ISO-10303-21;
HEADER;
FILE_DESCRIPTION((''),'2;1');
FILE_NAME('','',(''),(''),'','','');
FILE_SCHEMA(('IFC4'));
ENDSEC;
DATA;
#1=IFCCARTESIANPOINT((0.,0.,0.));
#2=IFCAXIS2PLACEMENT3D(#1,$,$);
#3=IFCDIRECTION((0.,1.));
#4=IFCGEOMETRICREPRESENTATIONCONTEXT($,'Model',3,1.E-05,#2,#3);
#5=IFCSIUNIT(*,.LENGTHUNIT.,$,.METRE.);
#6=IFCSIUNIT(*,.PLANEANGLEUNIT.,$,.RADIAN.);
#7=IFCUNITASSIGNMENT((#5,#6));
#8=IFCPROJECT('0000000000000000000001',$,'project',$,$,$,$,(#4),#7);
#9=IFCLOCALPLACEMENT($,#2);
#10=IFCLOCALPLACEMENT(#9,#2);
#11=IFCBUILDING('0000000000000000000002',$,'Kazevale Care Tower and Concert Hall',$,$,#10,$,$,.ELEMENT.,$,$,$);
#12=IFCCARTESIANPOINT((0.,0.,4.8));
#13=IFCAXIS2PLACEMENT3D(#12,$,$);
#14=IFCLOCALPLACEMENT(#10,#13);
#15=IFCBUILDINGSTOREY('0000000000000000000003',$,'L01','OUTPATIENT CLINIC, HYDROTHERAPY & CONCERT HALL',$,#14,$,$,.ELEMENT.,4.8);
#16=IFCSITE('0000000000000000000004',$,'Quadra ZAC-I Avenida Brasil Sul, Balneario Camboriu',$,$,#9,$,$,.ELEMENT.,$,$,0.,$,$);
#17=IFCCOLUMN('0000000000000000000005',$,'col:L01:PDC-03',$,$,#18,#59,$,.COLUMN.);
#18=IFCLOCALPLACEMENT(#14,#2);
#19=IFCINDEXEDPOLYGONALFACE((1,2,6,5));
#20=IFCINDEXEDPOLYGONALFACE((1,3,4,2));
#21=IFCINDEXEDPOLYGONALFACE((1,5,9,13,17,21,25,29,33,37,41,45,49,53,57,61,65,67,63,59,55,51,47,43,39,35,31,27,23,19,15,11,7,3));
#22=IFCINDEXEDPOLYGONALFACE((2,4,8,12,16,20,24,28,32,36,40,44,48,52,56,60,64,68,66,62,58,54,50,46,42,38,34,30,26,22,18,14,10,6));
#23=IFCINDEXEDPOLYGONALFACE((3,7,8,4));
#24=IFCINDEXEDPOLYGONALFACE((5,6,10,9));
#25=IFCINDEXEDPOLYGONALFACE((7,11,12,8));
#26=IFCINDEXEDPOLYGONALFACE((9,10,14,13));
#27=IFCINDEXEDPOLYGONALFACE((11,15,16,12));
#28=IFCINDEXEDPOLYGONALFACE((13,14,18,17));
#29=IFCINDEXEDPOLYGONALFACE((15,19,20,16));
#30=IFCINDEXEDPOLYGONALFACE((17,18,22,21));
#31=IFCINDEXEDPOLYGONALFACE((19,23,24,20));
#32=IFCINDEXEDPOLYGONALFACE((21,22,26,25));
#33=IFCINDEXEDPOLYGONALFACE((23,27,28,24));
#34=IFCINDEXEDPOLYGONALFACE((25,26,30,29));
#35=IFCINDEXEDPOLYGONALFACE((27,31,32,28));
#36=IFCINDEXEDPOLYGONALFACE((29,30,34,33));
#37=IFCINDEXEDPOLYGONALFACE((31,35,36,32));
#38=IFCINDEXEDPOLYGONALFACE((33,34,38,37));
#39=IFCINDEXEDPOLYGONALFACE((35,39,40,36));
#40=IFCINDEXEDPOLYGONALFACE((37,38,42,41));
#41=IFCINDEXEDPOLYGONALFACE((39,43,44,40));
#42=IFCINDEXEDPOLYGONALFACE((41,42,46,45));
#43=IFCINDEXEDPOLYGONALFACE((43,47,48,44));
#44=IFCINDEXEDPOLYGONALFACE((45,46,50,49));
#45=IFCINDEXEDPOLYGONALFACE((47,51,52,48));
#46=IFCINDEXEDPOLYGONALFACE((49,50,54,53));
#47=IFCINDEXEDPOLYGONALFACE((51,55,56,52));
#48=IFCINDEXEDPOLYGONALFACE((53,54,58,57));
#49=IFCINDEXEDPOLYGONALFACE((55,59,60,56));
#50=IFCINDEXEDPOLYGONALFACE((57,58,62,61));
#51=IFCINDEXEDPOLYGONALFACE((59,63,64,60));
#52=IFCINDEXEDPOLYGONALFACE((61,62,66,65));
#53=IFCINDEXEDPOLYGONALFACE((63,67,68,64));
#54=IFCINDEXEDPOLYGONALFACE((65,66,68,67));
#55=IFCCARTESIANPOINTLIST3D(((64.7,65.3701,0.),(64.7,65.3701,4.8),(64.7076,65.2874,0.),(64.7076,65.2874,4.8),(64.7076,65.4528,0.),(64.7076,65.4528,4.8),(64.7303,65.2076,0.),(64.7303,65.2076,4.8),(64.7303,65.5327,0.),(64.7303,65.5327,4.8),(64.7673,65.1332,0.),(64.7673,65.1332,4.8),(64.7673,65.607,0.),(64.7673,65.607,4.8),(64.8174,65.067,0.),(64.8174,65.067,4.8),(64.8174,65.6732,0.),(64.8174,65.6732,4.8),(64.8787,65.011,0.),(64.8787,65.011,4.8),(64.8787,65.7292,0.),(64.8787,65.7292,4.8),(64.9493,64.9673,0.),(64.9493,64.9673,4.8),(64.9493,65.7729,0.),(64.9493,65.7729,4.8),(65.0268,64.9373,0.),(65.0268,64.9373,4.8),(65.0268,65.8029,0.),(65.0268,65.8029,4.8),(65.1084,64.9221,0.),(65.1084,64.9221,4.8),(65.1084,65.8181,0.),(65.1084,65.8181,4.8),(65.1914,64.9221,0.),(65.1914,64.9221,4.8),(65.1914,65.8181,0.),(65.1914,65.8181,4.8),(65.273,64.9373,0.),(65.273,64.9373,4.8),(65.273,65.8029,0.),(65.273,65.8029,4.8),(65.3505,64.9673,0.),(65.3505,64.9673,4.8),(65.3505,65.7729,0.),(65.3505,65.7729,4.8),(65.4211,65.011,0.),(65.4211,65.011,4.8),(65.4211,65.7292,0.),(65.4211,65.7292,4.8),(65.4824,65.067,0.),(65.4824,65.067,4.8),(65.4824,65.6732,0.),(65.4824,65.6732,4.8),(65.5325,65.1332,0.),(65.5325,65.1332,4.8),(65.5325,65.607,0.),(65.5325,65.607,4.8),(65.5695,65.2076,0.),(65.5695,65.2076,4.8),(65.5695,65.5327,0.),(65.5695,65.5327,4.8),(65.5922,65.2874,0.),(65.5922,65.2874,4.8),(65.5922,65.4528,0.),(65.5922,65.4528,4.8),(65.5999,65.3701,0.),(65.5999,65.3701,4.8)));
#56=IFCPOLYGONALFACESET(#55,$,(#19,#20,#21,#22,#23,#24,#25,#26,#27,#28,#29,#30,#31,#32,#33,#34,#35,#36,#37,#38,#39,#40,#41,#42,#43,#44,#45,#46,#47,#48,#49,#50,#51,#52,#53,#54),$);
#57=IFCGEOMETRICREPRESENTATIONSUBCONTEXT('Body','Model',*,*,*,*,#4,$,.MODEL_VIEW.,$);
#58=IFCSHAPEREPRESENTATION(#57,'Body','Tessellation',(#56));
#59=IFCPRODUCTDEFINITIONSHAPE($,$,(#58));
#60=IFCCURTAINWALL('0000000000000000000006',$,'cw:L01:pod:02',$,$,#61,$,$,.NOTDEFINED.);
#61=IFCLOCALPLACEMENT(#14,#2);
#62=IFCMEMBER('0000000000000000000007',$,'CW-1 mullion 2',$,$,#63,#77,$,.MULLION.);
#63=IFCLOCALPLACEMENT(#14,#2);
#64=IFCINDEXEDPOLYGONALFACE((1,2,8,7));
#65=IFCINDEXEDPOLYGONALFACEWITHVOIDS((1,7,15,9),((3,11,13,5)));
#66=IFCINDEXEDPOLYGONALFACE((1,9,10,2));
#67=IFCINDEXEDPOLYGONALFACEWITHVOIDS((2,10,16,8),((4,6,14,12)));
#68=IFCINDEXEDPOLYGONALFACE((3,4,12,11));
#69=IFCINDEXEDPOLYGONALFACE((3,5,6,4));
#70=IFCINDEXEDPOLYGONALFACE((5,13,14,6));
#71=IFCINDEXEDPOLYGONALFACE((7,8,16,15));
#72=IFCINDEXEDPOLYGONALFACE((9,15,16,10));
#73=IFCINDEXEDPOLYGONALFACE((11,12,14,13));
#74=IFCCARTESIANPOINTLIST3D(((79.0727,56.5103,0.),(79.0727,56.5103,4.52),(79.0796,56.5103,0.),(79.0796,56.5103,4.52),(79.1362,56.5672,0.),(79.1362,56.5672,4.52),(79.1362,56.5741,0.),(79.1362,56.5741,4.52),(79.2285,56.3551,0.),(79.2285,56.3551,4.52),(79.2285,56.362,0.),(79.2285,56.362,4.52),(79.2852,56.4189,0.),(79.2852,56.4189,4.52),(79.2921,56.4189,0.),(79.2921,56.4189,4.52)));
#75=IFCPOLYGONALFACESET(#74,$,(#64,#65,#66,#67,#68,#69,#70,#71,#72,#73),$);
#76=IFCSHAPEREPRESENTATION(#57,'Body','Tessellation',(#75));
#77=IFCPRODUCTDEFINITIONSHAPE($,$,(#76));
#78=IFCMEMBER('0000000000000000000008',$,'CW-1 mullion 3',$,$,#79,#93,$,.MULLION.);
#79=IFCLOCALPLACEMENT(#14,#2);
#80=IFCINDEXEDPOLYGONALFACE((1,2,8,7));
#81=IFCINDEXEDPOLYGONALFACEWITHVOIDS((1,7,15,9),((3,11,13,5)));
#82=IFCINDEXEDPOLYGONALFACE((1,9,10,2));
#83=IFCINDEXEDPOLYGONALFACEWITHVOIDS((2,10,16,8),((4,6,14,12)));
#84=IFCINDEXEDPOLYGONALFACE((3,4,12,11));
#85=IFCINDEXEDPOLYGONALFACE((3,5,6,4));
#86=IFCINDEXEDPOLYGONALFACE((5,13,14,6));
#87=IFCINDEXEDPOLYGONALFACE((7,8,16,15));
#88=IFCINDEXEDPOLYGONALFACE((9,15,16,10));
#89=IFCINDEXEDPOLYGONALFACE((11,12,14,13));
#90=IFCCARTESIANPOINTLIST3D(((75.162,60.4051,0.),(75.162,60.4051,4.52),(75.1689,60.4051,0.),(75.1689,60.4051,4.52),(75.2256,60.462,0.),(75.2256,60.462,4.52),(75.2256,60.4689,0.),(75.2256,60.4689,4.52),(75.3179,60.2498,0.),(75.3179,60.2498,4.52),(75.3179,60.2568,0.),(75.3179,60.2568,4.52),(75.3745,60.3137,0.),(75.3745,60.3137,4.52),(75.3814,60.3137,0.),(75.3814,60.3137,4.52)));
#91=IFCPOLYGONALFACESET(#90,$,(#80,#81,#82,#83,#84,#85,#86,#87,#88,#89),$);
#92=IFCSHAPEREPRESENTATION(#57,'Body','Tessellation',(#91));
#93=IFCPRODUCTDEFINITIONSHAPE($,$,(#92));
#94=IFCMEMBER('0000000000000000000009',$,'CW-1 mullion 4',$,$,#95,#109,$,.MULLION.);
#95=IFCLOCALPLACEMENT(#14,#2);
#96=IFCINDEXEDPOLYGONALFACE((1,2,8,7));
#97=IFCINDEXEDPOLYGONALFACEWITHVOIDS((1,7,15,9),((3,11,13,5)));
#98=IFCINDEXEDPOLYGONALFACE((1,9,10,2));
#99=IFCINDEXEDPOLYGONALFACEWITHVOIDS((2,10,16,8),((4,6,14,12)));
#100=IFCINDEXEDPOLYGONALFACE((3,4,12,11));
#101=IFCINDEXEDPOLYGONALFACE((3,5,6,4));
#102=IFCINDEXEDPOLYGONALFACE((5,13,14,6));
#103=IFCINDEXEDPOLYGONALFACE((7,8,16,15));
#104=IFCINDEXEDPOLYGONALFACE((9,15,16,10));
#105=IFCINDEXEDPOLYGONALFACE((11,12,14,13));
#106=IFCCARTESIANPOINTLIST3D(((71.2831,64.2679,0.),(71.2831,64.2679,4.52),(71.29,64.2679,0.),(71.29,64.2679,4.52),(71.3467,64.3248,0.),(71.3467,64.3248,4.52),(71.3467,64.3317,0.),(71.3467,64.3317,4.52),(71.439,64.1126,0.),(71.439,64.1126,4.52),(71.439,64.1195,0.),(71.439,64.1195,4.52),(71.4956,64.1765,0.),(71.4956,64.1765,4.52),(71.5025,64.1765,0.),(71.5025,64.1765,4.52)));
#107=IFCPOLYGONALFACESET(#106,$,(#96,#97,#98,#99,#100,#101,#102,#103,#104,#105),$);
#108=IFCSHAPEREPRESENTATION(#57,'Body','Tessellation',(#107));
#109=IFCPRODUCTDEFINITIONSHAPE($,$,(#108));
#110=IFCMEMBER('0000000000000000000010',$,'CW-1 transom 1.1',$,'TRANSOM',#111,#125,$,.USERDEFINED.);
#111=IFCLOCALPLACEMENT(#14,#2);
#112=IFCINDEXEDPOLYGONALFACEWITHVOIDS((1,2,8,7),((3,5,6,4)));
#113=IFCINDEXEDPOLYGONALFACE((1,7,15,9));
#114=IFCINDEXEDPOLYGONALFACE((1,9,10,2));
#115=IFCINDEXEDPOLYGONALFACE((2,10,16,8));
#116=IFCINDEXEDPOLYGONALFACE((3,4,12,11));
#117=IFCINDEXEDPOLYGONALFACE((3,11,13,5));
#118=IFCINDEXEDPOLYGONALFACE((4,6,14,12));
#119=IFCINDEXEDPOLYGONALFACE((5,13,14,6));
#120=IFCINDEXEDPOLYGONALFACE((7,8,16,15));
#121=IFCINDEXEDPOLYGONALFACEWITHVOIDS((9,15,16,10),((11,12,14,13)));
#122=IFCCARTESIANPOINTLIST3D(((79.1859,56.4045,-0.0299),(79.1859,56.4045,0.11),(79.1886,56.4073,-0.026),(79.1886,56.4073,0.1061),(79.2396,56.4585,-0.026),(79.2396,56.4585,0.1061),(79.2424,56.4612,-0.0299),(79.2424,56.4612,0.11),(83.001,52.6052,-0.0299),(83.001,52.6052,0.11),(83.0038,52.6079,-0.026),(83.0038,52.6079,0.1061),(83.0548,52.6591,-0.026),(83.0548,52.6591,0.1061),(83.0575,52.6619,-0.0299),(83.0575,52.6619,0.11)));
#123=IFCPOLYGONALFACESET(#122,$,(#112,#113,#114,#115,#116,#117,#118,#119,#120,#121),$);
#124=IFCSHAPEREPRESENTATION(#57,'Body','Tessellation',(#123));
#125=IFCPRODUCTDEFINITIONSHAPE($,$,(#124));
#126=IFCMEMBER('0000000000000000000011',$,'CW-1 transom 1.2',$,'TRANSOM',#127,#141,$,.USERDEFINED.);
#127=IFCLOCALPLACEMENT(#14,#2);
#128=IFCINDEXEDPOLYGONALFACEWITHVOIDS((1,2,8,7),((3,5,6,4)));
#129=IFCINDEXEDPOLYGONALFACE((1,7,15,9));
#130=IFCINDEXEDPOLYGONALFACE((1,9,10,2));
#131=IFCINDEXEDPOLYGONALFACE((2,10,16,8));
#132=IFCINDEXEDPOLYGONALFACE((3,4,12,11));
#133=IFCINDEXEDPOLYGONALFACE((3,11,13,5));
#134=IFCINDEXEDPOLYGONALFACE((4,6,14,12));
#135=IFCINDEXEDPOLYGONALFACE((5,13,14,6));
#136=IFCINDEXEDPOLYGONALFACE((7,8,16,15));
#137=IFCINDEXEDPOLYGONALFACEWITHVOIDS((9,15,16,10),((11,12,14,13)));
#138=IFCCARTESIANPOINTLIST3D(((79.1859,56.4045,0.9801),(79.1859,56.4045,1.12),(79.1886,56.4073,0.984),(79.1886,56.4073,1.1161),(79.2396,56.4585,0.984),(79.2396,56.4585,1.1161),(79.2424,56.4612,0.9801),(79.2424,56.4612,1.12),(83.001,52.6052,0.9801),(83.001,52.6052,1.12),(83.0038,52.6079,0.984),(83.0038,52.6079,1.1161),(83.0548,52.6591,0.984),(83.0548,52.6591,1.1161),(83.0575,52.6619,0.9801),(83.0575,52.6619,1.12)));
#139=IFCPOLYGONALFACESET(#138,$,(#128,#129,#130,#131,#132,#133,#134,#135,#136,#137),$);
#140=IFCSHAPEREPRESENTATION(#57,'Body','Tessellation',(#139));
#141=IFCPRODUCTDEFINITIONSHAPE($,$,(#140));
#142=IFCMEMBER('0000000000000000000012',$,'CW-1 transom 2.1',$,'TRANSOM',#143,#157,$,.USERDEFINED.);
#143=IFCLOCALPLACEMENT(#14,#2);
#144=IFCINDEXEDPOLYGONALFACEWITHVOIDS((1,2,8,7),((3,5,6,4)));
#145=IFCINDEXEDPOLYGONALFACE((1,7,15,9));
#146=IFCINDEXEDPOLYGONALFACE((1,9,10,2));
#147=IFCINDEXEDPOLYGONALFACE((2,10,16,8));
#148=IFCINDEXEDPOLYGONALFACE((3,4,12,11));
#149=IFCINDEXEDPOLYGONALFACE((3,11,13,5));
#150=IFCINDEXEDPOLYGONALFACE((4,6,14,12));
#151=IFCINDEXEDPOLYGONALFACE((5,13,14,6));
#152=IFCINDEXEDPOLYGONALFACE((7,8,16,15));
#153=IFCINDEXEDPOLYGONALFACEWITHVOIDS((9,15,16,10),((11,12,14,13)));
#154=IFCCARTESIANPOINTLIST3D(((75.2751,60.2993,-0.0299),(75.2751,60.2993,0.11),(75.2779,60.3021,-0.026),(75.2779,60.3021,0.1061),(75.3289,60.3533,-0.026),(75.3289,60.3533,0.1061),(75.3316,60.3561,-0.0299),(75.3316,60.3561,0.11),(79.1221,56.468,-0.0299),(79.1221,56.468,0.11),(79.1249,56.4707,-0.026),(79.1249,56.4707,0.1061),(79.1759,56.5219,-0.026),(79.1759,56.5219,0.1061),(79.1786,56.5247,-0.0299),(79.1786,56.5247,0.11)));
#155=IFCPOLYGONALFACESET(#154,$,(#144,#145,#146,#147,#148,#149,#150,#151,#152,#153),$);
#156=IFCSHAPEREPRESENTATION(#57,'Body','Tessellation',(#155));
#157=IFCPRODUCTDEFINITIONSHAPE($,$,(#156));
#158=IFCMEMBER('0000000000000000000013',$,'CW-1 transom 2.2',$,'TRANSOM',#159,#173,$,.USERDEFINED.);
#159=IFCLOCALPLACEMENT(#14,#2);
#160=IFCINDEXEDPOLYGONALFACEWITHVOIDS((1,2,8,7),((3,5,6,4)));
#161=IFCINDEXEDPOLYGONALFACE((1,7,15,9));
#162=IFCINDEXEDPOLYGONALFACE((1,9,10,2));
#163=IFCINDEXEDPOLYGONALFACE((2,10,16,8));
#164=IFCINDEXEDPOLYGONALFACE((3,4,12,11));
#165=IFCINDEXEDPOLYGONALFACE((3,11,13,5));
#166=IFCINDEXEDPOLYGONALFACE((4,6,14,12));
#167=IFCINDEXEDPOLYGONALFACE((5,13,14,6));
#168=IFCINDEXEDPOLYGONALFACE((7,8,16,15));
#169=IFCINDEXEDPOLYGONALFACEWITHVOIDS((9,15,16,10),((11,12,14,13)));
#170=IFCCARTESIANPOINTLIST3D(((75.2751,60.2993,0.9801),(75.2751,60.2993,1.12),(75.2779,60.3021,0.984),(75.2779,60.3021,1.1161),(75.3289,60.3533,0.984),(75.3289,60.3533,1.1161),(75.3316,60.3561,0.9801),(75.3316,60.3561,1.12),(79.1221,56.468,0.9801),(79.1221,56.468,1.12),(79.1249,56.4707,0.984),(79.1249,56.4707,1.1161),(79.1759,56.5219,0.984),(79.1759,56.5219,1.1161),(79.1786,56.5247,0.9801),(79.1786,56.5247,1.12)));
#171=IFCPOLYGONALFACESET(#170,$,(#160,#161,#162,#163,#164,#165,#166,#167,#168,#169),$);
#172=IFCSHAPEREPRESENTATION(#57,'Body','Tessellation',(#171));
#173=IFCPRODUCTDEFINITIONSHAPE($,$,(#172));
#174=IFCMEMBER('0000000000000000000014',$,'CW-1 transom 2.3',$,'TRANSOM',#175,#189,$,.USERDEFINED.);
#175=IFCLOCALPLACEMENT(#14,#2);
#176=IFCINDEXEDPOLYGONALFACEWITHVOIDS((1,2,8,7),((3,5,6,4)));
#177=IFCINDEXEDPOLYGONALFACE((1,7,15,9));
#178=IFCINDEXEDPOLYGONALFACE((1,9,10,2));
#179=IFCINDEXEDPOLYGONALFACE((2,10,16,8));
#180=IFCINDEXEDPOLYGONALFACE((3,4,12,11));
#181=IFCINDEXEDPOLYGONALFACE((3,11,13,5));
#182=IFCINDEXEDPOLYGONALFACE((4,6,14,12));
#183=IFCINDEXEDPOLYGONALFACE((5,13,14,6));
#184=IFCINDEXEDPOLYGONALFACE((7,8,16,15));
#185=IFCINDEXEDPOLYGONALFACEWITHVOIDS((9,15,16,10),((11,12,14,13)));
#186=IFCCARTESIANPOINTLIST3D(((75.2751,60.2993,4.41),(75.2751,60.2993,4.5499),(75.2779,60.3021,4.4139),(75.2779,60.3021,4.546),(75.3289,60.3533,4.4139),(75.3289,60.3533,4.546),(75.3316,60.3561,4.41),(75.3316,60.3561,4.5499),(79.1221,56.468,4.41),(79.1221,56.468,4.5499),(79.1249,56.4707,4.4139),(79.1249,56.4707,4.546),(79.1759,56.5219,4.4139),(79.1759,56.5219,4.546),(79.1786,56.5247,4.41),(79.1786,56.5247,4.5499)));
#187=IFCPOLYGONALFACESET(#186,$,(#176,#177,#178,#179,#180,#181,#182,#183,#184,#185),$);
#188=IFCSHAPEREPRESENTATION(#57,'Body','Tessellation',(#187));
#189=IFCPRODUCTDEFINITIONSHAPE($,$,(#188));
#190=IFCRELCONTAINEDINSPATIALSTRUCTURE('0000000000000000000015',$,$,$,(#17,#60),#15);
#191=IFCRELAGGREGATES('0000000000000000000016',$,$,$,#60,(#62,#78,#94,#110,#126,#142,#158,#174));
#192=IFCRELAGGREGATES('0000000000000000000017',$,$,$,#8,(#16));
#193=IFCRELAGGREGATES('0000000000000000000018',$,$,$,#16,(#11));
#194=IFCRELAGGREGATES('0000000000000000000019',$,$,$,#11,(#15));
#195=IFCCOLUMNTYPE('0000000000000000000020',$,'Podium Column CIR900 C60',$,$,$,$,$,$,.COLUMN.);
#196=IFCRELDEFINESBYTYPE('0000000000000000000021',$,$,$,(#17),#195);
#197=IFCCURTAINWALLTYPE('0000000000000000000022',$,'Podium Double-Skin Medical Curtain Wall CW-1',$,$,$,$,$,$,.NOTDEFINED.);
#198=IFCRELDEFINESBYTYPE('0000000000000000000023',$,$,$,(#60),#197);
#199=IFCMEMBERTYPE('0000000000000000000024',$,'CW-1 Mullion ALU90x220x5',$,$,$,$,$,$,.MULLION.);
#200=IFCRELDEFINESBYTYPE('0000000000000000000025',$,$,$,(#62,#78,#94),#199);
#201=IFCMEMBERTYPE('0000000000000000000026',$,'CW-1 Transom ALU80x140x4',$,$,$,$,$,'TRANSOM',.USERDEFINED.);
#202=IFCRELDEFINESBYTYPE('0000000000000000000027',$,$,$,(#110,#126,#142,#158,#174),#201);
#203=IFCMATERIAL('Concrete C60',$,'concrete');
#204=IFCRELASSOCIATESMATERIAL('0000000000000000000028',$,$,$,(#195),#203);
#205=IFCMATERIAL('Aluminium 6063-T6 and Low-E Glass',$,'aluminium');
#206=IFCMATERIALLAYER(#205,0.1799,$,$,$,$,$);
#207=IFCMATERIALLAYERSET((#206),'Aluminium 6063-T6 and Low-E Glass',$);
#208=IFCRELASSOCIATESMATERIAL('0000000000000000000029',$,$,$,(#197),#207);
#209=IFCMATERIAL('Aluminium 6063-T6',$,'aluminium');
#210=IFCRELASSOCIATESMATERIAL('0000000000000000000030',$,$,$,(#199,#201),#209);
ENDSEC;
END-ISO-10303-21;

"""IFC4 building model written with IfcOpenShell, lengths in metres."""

from ifc_helpers import new_model, si_unit, direction, frame, origin, origin_2d, place, context, subcontext, project, spatial, hollow_rectangle, circle, extrude, material, layer, layer_set, material_profile, profile_set, type_object, element, aggregate, save


model = new_model("IFC4")

# Units and contexts
model_context = context("Model", 3, precision=1e-05, world=origin(), true_north=direction((0.0, 1.0)))
body_context = subcontext(model_context, "Body", "Model", "MODEL_VIEW")
ifc_project = project(units=[si_unit("LENGTHUNIT", "METRE"), si_unit("PLANEANGLEUNIT", "RADIAN")], contexts=[model_context])

# Site, building, storey
site_placement = place(None, origin())
site = spatial("IfcSite", under=ifc_project, at=site_placement, Name="Quadra ZAC-I Avenida Brasil Sul, Balneario Camboriu", CompositionType="ELEMENT", RefElevation=0.0)
building_placement = place(site_placement, origin())
building = spatial("IfcBuilding", under=site, at=building_placement, Name="Kazevale Care Tower and Concert Hall", CompositionType="ELEMENT")
storey_placement = place(building_placement, frame((0.0, 0.0, 4.8)))
storey = spatial("IfcBuildingStorey", under=building, at=storey_placement, Name="L01", Description="OUTPATIENT CLINIC, HYDROTHERAPY & CONCERT HALL", CompositionType="ELEMENT", Elevation=4.8)

# Column
ifc_material_1 = material(Name="Concrete C60", Category="concrete")
ifc_material_profile_1 = material_profile(ifc_material_1, circle(Radius=0.45, at=origin_2d()), Name="RC-CIR900")
ifc_profile_set_1 = profile_set([ifc_material_profile_1], Name="Concrete C60")
column_type_1 = type_object("IfcColumnType", Name="Podium Column CIR900 C60", PredefinedType="COLUMN", material=ifc_profile_set_1)
for number, where, z_axis, x_axis, name in (
    (1, (65.1499, 65.3701, 0.0), (0.0, 0.0, 1.0), (1.0, 0.0, 0.0), "col:L01:PDC-03"),
):
    element("IfcColumn", number, at=place(storey_placement, frame(where, z_axis=z_axis, x_axis=x_axis)), inside=storey, type_object=column_type_1, Name=name, PredefinedType="COLUMN", context=body_context, shape_type="SweptSolid", body=[
        extrude(circle(Radius=0.45, at=origin_2d()), origin(), (0.0, 0.0, 1.0), 4.8),
    ])

# Curtain wall, members
ifc_material_2 = material(Name="Aluminium 6063-T6 and Low-E Glass", Category="aluminium")
ifc_layer_1 = layer(ifc_material_2, 0.1799)
ifc_layer_set_1 = layer_set([ifc_layer_1], Name="Aluminium 6063-T6 and Low-E Glass")
curtain_wall_type = type_object("IfcCurtainWallType", Name="Podium Double-Skin Medical Curtain Wall CW-1", PredefinedType="NOTDEFINED", material=ifc_layer_set_1)
curtain_wall_placement = place(storey_placement, origin())
curtain_wall = element("IfcCurtainWall", 2, at=curtain_wall_placement, inside=storey, type_object=curtain_wall_type, Name="cw:L01:pod:02", PredefinedType="NOTDEFINED")
ifc_material_3 = material(Name="Aluminium 6063-T6", Category="aluminium")
ifc_material_profile_2 = material_profile(ifc_material_3, hollow_rectangle(XDim=0.0901, YDim=0.22, WallThickness=0.0049, at=origin_2d()), Name="ALU90x220x5")
ifc_profile_set_2 = profile_set([ifc_material_profile_2], Name="Aluminium 6063-T6")
member_type_1 = type_object("IfcMemberType", Name="CW-1 Mullion ALU90x220x5", PredefinedType="MULLION", material=ifc_profile_set_2)
member_1_placement = place(storey_placement, frame((79.1824, 56.4646, 0.0), z_axis=(0.0, 0.0, 1.0), x_axis=(-0.705656, -0.708555, 0.0)))
member_1 = element("IfcMember", 3, at=member_1_placement, type_object=member_type_1, Name="CW-1 mullion 2", PredefinedType="MULLION", context=body_context, shape_type="SweptSolid", body=[
    extrude(hollow_rectangle(XDim=0.0901, YDim=0.22, WallThickness=0.0049, at=origin_2d()), origin(), (0.0, 0.0, 1.0), 4.52),
])
member_2_placement = place(storey_placement, frame((75.2717, 60.3594, 0.0), z_axis=(0.0, 0.0, 1.0), x_axis=(-0.705656, -0.708555, 0.0)))
member_2 = element("IfcMember", 4, at=member_2_placement, type_object=member_type_1, Name="CW-1 mullion 3", PredefinedType="MULLION", context=body_context, shape_type="SweptSolid", body=[
    extrude(hollow_rectangle(XDim=0.0901, YDim=0.22, WallThickness=0.0049, at=origin_2d()), origin(), (0.0, 0.0, 1.0), 4.52),
])
member_3_placement = place(storey_placement, frame((71.3928, 64.2222, 0.0), z_axis=(0.0, 0.0, 1.0), x_axis=(-0.705656, -0.708555, 0.0)))
member_3 = element("IfcMember", 5, at=member_3_placement, type_object=member_type_1, Name="CW-1 mullion 4", PredefinedType="MULLION", context=body_context, shape_type="SweptSolid", body=[
    extrude(hollow_rectangle(XDim=0.0901, YDim=0.22, WallThickness=0.0049, at=origin_2d()), origin(), (0.0, 0.0, 1.0), 4.52),
])
ifc_material_profile_3 = material_profile(ifc_material_3, hollow_rectangle(XDim=0.0801, YDim=0.1399, WallThickness=0.0039, at=origin_2d()), Name="ALU80x140x4")
ifc_profile_set_3 = profile_set([ifc_material_profile_3], Name="Aluminium 6063-T6")
member_type_2 = type_object("IfcMemberType", Name="CW-1 Transom ALU80x140x4", ElementType="TRANSOM", PredefinedType="USERDEFINED", material=ifc_profile_set_3)
member_4_placement = place(storey_placement, frame((83.0293, 52.6335, 0.04), z_axis=(-0.708579, 0.705632, 0.0), x_axis=(-0.705632, -0.708579, 0.0)))
member_4 = element("IfcMember", 6, at=member_4_placement, type_object=member_type_2, Name="CW-1 transom 1.1", ObjectType="TRANSOM", PredefinedType="USERDEFINED", context=body_context, shape_type="SweptSolid", body=[
    extrude(hollow_rectangle(XDim=0.0801, YDim=0.1399, WallThickness=0.0039, at=origin_2d()), origin(), (0.0, 0.0, 1.0), 5.3843),
])
member_5_placement = place(storey_placement, frame((83.0293, 52.6335, 1.05), z_axis=(-0.708579, 0.705632, 0.0), x_axis=(-0.705632, -0.708579, 0.0)))
member_5 = element("IfcMember", 7, at=member_5_placement, type_object=member_type_2, Name="CW-1 transom 1.2", ObjectType="TRANSOM", PredefinedType="USERDEFINED", context=body_context, shape_type="SweptSolid", body=[
    extrude(hollow_rectangle(XDim=0.0801, YDim=0.1399, WallThickness=0.0039, at=origin_2d()), origin(), (0.0, 0.0, 1.0), 5.3843),
])
member_6_placement = place(storey_placement, frame((79.1504, 56.4963, 0.04), z_axis=(-0.708544, 0.705666, 0.0), x_axis=(-0.705666, -0.708544, 0.0)))
member_6 = element("IfcMember", 8, at=member_6_placement, type_object=member_type_2, Name="CW-1 transom 2.1", ObjectType="TRANSOM", PredefinedType="USERDEFINED", context=body_context, shape_type="SweptSolid", body=[
    extrude(hollow_rectangle(XDim=0.0801, YDim=0.1399, WallThickness=0.0039, at=origin_2d()), origin(), (0.0, 0.0, 1.0), 5.4294),
])
member_7_placement = place(storey_placement, frame((79.1504, 56.4963, 1.05), z_axis=(-0.708544, 0.705666, 0.0), x_axis=(-0.705666, -0.708544, 0.0)))
member_7 = element("IfcMember", 9, at=member_7_placement, type_object=member_type_2, Name="CW-1 transom 2.2", ObjectType="TRANSOM", PredefinedType="USERDEFINED", context=body_context, shape_type="SweptSolid", body=[
    extrude(hollow_rectangle(XDim=0.0801, YDim=0.1399, WallThickness=0.0039, at=origin_2d()), origin(), (0.0, 0.0, 1.0), 5.4294),
])
member_8_placement = place(storey_placement, frame((79.1504, 56.4963, 4.48), z_axis=(-0.708544, 0.705666, 0.0), x_axis=(-0.705666, -0.708544, 0.0)))
member_8 = element("IfcMember", 10, at=member_8_placement, type_object=member_type_2, Name="CW-1 transom 2.3", ObjectType="TRANSOM", PredefinedType="USERDEFINED", context=body_context, shape_type="SweptSolid", body=[
    extrude(hollow_rectangle(XDim=0.0801, YDim=0.1399, WallThickness=0.0039, at=origin_2d()), origin(), (0.0, 0.0, 1.0), 5.4294),
])

aggregate(curtain_wall, [member_1, member_2, member_3, member_4, member_5, member_6, member_7, member_8])

save(model, "model.ifc")
